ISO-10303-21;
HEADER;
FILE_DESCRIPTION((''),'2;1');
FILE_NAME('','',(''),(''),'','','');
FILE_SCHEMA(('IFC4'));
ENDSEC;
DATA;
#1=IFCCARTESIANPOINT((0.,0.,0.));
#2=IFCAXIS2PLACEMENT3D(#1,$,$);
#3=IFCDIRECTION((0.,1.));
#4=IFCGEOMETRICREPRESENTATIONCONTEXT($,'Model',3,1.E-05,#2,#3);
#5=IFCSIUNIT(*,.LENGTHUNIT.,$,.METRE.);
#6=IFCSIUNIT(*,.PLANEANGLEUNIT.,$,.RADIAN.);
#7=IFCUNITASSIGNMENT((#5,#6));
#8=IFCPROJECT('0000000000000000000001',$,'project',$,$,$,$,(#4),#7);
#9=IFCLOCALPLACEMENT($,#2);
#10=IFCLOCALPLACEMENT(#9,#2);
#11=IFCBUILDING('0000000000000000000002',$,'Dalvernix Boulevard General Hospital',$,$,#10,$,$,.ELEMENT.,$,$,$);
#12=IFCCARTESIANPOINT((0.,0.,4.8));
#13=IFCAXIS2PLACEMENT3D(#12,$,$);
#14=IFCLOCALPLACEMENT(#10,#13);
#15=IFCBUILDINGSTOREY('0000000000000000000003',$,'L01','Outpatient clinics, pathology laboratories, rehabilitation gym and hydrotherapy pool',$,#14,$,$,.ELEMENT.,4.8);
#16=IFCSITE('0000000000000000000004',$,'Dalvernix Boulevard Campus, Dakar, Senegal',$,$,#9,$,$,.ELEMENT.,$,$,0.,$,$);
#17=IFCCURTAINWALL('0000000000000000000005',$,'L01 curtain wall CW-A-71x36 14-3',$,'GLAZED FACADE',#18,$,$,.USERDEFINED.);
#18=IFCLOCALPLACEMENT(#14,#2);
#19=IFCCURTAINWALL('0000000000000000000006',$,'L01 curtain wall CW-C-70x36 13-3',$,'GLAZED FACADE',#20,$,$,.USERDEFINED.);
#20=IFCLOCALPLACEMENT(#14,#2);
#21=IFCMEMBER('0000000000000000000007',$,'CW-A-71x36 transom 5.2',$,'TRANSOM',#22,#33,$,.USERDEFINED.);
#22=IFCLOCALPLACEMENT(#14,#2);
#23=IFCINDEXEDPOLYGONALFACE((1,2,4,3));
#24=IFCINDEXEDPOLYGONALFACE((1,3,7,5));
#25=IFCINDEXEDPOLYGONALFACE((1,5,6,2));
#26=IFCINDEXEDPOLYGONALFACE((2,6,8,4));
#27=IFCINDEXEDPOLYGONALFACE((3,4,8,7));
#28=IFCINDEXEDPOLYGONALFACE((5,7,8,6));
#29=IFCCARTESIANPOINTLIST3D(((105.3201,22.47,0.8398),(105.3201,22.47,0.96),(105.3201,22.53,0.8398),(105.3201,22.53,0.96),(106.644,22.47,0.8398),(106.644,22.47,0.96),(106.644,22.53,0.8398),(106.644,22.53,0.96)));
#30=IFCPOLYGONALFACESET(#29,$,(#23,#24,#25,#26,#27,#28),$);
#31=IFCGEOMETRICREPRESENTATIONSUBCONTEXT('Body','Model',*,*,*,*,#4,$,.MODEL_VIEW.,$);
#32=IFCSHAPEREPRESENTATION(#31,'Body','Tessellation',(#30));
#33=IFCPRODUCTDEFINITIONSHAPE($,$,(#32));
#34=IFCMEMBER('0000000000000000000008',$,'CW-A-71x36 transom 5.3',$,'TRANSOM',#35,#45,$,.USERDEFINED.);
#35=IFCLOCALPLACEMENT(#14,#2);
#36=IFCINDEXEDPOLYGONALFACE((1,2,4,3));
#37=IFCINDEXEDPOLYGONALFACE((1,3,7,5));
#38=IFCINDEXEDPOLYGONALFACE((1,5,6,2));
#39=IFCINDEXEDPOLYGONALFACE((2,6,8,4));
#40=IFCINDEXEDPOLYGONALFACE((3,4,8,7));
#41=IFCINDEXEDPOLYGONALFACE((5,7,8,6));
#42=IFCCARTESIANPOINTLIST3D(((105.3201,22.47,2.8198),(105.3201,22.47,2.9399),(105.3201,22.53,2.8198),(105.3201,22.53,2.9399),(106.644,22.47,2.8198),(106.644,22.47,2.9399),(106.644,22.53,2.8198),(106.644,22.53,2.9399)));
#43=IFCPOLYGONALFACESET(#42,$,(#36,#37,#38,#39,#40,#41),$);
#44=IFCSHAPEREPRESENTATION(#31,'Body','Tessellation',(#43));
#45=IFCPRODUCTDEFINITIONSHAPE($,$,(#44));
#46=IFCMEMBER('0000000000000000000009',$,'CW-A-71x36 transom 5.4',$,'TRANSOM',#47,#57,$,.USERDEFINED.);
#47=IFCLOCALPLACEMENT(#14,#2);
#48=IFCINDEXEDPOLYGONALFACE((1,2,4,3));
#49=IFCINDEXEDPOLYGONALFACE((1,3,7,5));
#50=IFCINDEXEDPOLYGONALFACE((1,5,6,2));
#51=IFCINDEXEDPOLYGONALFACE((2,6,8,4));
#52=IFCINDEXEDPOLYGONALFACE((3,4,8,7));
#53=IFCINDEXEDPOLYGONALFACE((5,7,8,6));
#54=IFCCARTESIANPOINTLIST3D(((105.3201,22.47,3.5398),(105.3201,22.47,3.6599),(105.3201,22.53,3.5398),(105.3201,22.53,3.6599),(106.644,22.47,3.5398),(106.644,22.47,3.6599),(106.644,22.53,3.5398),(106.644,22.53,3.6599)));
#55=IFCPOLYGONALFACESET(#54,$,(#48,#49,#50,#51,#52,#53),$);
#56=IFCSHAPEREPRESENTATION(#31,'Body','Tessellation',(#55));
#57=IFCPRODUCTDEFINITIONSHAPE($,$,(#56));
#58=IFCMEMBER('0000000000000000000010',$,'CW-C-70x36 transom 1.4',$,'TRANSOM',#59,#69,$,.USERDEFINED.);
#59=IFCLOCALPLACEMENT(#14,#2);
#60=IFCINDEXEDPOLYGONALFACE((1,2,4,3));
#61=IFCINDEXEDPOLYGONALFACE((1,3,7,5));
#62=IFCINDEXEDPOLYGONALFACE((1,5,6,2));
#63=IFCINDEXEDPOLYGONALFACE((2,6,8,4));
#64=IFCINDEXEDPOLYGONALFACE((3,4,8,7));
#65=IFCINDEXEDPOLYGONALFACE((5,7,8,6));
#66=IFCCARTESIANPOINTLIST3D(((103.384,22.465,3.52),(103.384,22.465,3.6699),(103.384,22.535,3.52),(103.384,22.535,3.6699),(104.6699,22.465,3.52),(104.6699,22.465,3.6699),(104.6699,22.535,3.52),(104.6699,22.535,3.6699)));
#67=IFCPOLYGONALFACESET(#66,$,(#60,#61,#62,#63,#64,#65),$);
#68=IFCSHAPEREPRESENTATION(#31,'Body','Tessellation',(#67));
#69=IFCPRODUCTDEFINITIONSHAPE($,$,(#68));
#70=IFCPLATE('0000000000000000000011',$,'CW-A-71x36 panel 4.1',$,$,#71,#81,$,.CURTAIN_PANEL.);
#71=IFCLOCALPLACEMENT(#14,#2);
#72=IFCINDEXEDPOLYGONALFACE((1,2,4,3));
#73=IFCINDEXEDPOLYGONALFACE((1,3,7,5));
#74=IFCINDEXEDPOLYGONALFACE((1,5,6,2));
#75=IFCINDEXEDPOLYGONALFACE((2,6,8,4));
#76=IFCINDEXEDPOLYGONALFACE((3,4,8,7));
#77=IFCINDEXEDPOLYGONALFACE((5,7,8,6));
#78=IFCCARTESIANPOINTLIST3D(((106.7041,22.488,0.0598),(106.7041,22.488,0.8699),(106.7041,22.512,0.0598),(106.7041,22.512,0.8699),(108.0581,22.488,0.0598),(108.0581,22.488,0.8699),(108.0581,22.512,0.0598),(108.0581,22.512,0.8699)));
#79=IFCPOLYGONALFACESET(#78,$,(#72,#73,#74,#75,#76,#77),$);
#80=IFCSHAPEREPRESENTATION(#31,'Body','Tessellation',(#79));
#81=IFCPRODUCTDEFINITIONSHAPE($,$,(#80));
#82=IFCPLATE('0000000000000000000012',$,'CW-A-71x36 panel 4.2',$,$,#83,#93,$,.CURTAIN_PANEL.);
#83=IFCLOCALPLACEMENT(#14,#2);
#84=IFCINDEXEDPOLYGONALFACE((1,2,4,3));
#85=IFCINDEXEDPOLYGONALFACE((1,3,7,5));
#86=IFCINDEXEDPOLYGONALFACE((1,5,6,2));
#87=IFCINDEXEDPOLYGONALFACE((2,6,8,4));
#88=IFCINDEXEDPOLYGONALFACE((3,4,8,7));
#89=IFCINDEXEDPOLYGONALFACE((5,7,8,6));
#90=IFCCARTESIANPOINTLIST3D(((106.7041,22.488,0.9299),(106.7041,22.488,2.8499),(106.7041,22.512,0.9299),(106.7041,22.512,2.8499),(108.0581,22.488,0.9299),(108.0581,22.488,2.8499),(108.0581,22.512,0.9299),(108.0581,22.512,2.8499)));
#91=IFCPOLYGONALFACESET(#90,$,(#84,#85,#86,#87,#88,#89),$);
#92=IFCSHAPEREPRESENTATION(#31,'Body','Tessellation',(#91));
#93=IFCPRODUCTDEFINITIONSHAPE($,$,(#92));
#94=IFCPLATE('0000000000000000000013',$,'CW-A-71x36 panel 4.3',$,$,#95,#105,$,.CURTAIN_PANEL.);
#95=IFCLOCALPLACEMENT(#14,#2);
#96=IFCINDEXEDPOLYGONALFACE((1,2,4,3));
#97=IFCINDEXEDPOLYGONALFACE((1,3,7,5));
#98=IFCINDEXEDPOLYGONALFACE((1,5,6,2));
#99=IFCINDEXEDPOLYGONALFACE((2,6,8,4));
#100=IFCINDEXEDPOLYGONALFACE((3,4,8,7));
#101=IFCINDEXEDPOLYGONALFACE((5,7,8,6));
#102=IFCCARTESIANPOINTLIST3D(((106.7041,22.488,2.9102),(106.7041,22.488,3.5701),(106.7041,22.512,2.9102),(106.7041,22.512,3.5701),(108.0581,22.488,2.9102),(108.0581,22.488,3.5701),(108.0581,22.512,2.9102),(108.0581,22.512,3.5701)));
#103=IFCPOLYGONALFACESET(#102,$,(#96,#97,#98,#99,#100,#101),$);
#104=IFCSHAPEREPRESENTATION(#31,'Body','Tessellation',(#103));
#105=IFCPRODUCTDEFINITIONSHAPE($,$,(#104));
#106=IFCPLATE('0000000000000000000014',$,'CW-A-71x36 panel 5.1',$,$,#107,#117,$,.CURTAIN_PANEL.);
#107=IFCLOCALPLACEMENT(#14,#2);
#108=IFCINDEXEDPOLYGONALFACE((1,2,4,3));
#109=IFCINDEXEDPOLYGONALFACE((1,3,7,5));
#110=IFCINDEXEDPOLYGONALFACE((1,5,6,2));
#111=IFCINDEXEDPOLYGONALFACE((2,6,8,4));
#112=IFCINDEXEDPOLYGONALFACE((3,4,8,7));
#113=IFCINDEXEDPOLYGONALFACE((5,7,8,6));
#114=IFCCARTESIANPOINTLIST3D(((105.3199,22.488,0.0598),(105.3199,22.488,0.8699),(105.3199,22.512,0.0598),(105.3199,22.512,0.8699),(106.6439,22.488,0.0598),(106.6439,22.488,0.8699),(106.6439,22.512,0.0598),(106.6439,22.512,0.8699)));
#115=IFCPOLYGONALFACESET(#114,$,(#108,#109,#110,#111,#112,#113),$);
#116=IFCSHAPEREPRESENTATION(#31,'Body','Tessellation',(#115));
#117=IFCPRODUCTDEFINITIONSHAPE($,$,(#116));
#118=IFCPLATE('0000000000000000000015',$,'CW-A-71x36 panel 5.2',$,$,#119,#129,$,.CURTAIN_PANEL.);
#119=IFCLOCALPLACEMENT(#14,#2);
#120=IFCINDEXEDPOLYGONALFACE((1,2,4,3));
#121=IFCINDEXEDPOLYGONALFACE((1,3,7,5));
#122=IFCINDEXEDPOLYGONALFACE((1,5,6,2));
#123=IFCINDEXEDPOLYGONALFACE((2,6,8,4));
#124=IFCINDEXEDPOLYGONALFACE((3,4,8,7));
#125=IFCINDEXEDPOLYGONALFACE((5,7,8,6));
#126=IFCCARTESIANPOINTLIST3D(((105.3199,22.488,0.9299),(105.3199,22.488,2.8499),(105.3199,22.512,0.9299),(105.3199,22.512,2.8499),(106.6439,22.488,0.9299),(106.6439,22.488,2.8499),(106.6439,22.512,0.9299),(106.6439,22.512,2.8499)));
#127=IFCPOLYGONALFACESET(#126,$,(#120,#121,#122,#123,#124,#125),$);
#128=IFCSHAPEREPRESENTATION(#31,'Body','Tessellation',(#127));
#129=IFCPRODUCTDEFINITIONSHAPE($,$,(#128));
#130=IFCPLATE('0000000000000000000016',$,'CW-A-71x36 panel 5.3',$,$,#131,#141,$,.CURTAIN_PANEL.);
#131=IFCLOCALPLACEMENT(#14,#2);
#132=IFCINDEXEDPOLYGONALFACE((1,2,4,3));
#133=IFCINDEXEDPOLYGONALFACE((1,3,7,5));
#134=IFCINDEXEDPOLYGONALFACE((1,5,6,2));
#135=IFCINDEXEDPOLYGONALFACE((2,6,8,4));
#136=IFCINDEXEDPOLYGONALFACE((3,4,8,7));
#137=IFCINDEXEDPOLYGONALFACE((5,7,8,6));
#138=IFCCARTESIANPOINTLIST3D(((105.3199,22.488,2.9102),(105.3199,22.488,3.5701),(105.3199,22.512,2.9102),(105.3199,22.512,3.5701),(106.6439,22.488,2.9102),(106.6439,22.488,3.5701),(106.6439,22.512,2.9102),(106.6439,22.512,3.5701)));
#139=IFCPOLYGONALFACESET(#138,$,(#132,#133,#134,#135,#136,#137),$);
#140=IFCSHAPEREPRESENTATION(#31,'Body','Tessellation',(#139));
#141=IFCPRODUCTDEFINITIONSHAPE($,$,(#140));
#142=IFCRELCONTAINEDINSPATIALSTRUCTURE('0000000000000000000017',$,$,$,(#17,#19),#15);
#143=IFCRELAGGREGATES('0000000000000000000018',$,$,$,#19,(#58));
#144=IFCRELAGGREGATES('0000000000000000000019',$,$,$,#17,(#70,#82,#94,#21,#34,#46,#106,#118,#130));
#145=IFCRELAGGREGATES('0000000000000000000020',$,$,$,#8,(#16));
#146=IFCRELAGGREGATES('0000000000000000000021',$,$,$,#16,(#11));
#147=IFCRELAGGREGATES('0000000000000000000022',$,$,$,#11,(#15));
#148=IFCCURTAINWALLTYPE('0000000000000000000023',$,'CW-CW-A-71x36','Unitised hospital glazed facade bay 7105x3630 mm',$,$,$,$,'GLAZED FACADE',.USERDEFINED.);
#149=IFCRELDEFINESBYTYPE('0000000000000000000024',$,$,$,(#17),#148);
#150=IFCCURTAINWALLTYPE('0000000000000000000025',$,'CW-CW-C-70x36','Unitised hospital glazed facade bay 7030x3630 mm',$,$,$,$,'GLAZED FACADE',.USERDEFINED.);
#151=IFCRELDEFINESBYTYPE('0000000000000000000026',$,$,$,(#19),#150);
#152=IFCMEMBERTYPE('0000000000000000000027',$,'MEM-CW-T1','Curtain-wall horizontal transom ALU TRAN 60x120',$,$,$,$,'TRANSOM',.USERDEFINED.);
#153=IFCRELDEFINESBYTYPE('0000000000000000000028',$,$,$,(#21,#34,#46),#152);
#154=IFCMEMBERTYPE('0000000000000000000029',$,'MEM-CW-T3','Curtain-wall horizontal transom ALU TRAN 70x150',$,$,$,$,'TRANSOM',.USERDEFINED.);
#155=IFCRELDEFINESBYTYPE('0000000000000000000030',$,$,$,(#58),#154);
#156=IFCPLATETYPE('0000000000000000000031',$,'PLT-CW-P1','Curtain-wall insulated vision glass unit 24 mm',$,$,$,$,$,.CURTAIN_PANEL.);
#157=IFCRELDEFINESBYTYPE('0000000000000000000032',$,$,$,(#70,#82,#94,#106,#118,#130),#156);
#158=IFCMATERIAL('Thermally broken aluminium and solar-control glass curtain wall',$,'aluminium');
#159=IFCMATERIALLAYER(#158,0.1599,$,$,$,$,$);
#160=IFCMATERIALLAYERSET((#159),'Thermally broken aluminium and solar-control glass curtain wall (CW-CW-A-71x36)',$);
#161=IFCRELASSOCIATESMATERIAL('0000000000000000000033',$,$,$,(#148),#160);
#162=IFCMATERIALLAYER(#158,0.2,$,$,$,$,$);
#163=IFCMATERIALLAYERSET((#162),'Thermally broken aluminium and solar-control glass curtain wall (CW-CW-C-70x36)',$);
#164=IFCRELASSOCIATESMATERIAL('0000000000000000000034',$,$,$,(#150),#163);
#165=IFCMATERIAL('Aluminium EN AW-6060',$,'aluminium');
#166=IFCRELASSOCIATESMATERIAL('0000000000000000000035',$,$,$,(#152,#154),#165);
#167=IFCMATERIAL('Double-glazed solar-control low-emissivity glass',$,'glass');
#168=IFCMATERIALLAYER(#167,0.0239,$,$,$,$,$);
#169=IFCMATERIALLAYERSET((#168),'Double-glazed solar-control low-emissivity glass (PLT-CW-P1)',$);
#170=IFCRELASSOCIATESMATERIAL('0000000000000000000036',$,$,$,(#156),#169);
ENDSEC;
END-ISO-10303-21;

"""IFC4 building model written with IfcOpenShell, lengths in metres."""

from ifc_helpers import new_model, si_unit, direction, frame, origin, origin_2d, place, context, subcontext, project, spatial, rectangle, extrude, material, layer, layer_set, material_profile, profile_set, type_object, element, aggregate, save


model = new_model("IFC4")

# Units and contexts
model_context = context("Model", 3, precision=1e-05, world=origin(), true_north=direction((0.0, 1.0)))
body_context = subcontext(model_context, "Body", "Model", "MODEL_VIEW")
ifc_project = project(units=[si_unit("LENGTHUNIT", "METRE"), si_unit("PLANEANGLEUNIT", "RADIAN")], contexts=[model_context])

# Site, building, storey
site_placement = place(None, origin())
site = spatial("IfcSite", under=ifc_project, at=site_placement, Name="Dalvernix Boulevard Campus, Dakar, Senegal", CompositionType="ELEMENT", RefElevation=0.0)
building_placement = place(site_placement, origin())
building = spatial("IfcBuilding", under=site, at=building_placement, Name="Dalvernix Boulevard General Hospital", CompositionType="ELEMENT")
storey_placement = place(building_placement, frame((0.0, 0.0, 4.8)))
storey = spatial("IfcBuildingStorey", under=building, at=storey_placement, Name="L01", Description="Outpatient clinics, pathology laboratories, rehabilitation gym and hydrotherapy pool", CompositionType="ELEMENT", Elevation=4.8)

# Curtain wall
ifc_material_1 = material(Name="Thermally broken aluminium and solar-control glass curtain wall", Category="aluminium")
ifc_layer_1 = layer(ifc_material_1, 0.1599)
ifc_layer_set_1 = layer_set([ifc_layer_1], Name="Thermally broken aluminium and solar-control glass curtain wall (CW-CW-A-71x36)")
curtain_wall_type_1 = type_object("IfcCurtainWallType", Name="CW-CW-A-71x36", Description="Unitised hospital glazed facade bay 7105x3630 mm", ElementType="GLAZED FACADE", PredefinedType="USERDEFINED", material=ifc_layer_set_1)
curtain_wall_1_placement = place(storey_placement, origin())
curtain_wall_1 = element("IfcCurtainWall", 1, at=curtain_wall_1_placement, inside=storey, type_object=curtain_wall_type_1, Name="L01 curtain wall CW-A-71x36 14-3", ObjectType="GLAZED FACADE", PredefinedType="USERDEFINED")
ifc_material_2 = material(Name="Aluminium EN AW-6060", Category="aluminium")

# Curtain wall
ifc_layer_2 = layer(ifc_material_1, 0.2)
ifc_layer_set_2 = layer_set([ifc_layer_2], Name="Thermally broken aluminium and solar-control glass curtain wall (CW-CW-C-70x36)")
curtain_wall_type_2 = type_object("IfcCurtainWallType", Name="CW-CW-C-70x36", Description="Unitised hospital glazed facade bay 7030x3630 mm", ElementType="GLAZED FACADE", PredefinedType="USERDEFINED", material=ifc_layer_set_2)
curtain_wall_2_placement = place(storey_placement, origin())
curtain_wall_2 = element("IfcCurtainWall", 2, at=curtain_wall_2_placement, inside=storey, type_object=curtain_wall_type_2, Name="L01 curtain wall CW-C-70x36 13-3", ObjectType="GLAZED FACADE", PredefinedType="USERDEFINED")

# Members
ifc_material_profile_1 = material_profile(ifc_material_2, rectangle(XDim=0.0601, YDim=0.1201, at=origin_2d()), Name="ALU TRAN 60x120")
ifc_profile_set_1 = profile_set([ifc_material_profile_1], Name="Aluminium EN AW-6060")
member_type_1 = type_object("IfcMemberType", Name="MEM-CW-T1", Description="Curtain-wall horizontal transom ALU TRAN 60x120", ElementType="TRANSOM", PredefinedType="USERDEFINED", material=ifc_profile_set_1)
member_1_placement = place(storey_placement, frame((106.644, 22.5, 0.8999), z_axis=(-1.0, 0.0, 0.0), x_axis=(0.0, -1.0, 0.0)))
member_1 = element("IfcMember", 3, at=member_1_placement, type_object=member_type_1, Name="CW-A-71x36 transom 5.2", ObjectType="TRANSOM", PredefinedType="USERDEFINED", context=body_context, shape_type="SweptSolid", body=[
    extrude(rectangle(XDim=0.0601, YDim=0.1201, at=origin_2d()), origin(), (0.0, 0.0, 1.0), 1.324),
])
member_2_placement = place(storey_placement, frame((106.644, 22.5, 2.8799), z_axis=(-1.0, 0.0, 0.0), x_axis=(0.0, -1.0, 0.0)))
member_2 = element("IfcMember", 4, at=member_2_placement, type_object=member_type_1, Name="CW-A-71x36 transom 5.3", ObjectType="TRANSOM", PredefinedType="USERDEFINED", context=body_context, shape_type="SweptSolid", body=[
    extrude(rectangle(XDim=0.0601, YDim=0.1201, at=origin_2d()), origin(), (0.0, 0.0, 1.0), 1.324),
])
member_3_placement = place(storey_placement, frame((106.644, 22.5, 3.5999), z_axis=(-1.0, 0.0, 0.0), x_axis=(0.0, -1.0, 0.0)))
member_3 = element("IfcMember", 5, at=member_3_placement, type_object=member_type_1, Name="CW-A-71x36 transom 5.4", ObjectType="TRANSOM", PredefinedType="USERDEFINED", context=body_context, shape_type="SweptSolid", body=[
    extrude(rectangle(XDim=0.0601, YDim=0.1201, at=origin_2d()), origin(), (0.0, 0.0, 1.0), 1.324),
])
ifc_material_profile_2 = material_profile(ifc_material_2, rectangle(XDim=0.0701, YDim=0.1499, at=origin_2d()), Name="ALU TRAN 70x150")
ifc_profile_set_2 = profile_set([ifc_material_profile_2], Name="Aluminium EN AW-6060")
member_type_2 = type_object("IfcMemberType", Name="MEM-CW-T3", Description="Curtain-wall horizontal transom ALU TRAN 70x150", ElementType="TRANSOM", PredefinedType="USERDEFINED", material=ifc_profile_set_2)
member_4_placement = place(storey_placement, frame((104.6699, 22.5, 3.595), z_axis=(-1.0, 0.0, 0.0), x_axis=(0.0, -1.0, 0.0)))
member_4 = element("IfcMember", 6, at=member_4_placement, type_object=member_type_2, Name="CW-C-70x36 transom 1.4", ObjectType="TRANSOM", PredefinedType="USERDEFINED", context=body_context, shape_type="SweptSolid", body=[
    extrude(rectangle(XDim=0.0701, YDim=0.1499, at=origin_2d()), origin(), (0.0, 0.0, 1.0), 1.2859),
])
aggregate(curtain_wall_2, [member_4])

# Plates
ifc_material_3 = material(Name="Double-glazed solar-control low-emissivity glass", Category="glass")
ifc_layer_3 = layer(ifc_material_3, 0.0239)
ifc_layer_set_3 = layer_set([ifc_layer_3], Name="Double-glazed solar-control low-emissivity glass (PLT-CW-P1)")
plate_type = type_object("IfcPlateType", Name="PLT-CW-P1", Description="Curtain-wall insulated vision glass unit 24 mm", PredefinedType="CURTAIN_PANEL", material=ifc_layer_set_3)
plate_1_placement = place(storey_placement, frame((107.3811, 22.5, 0.0598), z_axis=(0.0, 0.0, 1.0), x_axis=(-1.0, 0.0, 0.0)))
plate_1 = element("IfcPlate", 7, at=plate_1_placement, type_object=plate_type, Name="CW-A-71x36 panel 4.1", PredefinedType="CURTAIN_PANEL", context=body_context, shape_type="SweptSolid", body=[
    extrude(rectangle(XDim=1.354, YDim=0.0239, at=origin_2d()), origin(), (0.0, 0.0, 1.0), 0.8101),
])
plate_2_placement = place(storey_placement, frame((107.3811, 22.5, 0.9299), z_axis=(0.0, 0.0, 1.0), x_axis=(-1.0, 0.0, 0.0)))
plate_2 = element("IfcPlate", 8, at=plate_2_placement, type_object=plate_type, Name="CW-A-71x36 panel 4.2", PredefinedType="CURTAIN_PANEL", context=body_context, shape_type="SweptSolid", body=[
    extrude(rectangle(XDim=1.354, YDim=0.0239, at=origin_2d()), origin(), (0.0, 0.0, 1.0), 1.9199),
])
plate_3_placement = place(storey_placement, frame((107.3811, 22.5, 2.9102), z_axis=(0.0, 0.0, 1.0), x_axis=(-1.0, 0.0, 0.0)))
plate_3 = element("IfcPlate", 9, at=plate_3_placement, type_object=plate_type, Name="CW-A-71x36 panel 4.3", PredefinedType="CURTAIN_PANEL", context=body_context, shape_type="SweptSolid", body=[
    extrude(rectangle(XDim=1.354, YDim=0.0239, at=origin_2d()), origin(), (0.0, 0.0, 1.0), 0.6599),
])
plate_4_placement = place(storey_placement, frame((105.9819, 22.5, 0.0598), z_axis=(0.0, 0.0, 1.0), x_axis=(-1.0, 0.0, 0.0)))
plate_4 = element("IfcPlate", 10, at=plate_4_placement, type_object=plate_type, Name="CW-A-71x36 panel 5.1", PredefinedType="CURTAIN_PANEL", context=body_context, shape_type="SweptSolid", body=[
    extrude(rectangle(XDim=1.324, YDim=0.0239, at=origin_2d()), origin(), (0.0, 0.0, 1.0), 0.8101),
])
plate_5_placement = place(storey_placement, frame((105.9819, 22.5, 0.9299), z_axis=(0.0, 0.0, 1.0), x_axis=(-1.0, 0.0, 0.0)))
plate_5 = element("IfcPlate", 11, at=plate_5_placement, type_object=plate_type, Name="CW-A-71x36 panel 5.2", PredefinedType="CURTAIN_PANEL", context=body_context, shape_type="SweptSolid", body=[
    extrude(rectangle(XDim=1.324, YDim=0.0239, at=origin_2d()), origin(), (0.0, 0.0, 1.0), 1.9199),
])
plate_6_placement = place(storey_placement, frame((105.9819, 22.5, 2.9102), z_axis=(0.0, 0.0, 1.0), x_axis=(-1.0, 0.0, 0.0)))
plate_6 = element("IfcPlate", 12, at=plate_6_placement, type_object=plate_type, Name="CW-A-71x36 panel 5.3", PredefinedType="CURTAIN_PANEL", context=body_context, shape_type="SweptSolid", body=[
    extrude(rectangle(XDim=1.324, YDim=0.0239, at=origin_2d()), origin(), (0.0, 0.0, 1.0), 0.6599),
])
aggregate(curtain_wall_1, [plate_1, plate_2, plate_3, member_1, member_2, member_3, plate_4, plate_5, plate_6])

save(model, "model.ifc")
